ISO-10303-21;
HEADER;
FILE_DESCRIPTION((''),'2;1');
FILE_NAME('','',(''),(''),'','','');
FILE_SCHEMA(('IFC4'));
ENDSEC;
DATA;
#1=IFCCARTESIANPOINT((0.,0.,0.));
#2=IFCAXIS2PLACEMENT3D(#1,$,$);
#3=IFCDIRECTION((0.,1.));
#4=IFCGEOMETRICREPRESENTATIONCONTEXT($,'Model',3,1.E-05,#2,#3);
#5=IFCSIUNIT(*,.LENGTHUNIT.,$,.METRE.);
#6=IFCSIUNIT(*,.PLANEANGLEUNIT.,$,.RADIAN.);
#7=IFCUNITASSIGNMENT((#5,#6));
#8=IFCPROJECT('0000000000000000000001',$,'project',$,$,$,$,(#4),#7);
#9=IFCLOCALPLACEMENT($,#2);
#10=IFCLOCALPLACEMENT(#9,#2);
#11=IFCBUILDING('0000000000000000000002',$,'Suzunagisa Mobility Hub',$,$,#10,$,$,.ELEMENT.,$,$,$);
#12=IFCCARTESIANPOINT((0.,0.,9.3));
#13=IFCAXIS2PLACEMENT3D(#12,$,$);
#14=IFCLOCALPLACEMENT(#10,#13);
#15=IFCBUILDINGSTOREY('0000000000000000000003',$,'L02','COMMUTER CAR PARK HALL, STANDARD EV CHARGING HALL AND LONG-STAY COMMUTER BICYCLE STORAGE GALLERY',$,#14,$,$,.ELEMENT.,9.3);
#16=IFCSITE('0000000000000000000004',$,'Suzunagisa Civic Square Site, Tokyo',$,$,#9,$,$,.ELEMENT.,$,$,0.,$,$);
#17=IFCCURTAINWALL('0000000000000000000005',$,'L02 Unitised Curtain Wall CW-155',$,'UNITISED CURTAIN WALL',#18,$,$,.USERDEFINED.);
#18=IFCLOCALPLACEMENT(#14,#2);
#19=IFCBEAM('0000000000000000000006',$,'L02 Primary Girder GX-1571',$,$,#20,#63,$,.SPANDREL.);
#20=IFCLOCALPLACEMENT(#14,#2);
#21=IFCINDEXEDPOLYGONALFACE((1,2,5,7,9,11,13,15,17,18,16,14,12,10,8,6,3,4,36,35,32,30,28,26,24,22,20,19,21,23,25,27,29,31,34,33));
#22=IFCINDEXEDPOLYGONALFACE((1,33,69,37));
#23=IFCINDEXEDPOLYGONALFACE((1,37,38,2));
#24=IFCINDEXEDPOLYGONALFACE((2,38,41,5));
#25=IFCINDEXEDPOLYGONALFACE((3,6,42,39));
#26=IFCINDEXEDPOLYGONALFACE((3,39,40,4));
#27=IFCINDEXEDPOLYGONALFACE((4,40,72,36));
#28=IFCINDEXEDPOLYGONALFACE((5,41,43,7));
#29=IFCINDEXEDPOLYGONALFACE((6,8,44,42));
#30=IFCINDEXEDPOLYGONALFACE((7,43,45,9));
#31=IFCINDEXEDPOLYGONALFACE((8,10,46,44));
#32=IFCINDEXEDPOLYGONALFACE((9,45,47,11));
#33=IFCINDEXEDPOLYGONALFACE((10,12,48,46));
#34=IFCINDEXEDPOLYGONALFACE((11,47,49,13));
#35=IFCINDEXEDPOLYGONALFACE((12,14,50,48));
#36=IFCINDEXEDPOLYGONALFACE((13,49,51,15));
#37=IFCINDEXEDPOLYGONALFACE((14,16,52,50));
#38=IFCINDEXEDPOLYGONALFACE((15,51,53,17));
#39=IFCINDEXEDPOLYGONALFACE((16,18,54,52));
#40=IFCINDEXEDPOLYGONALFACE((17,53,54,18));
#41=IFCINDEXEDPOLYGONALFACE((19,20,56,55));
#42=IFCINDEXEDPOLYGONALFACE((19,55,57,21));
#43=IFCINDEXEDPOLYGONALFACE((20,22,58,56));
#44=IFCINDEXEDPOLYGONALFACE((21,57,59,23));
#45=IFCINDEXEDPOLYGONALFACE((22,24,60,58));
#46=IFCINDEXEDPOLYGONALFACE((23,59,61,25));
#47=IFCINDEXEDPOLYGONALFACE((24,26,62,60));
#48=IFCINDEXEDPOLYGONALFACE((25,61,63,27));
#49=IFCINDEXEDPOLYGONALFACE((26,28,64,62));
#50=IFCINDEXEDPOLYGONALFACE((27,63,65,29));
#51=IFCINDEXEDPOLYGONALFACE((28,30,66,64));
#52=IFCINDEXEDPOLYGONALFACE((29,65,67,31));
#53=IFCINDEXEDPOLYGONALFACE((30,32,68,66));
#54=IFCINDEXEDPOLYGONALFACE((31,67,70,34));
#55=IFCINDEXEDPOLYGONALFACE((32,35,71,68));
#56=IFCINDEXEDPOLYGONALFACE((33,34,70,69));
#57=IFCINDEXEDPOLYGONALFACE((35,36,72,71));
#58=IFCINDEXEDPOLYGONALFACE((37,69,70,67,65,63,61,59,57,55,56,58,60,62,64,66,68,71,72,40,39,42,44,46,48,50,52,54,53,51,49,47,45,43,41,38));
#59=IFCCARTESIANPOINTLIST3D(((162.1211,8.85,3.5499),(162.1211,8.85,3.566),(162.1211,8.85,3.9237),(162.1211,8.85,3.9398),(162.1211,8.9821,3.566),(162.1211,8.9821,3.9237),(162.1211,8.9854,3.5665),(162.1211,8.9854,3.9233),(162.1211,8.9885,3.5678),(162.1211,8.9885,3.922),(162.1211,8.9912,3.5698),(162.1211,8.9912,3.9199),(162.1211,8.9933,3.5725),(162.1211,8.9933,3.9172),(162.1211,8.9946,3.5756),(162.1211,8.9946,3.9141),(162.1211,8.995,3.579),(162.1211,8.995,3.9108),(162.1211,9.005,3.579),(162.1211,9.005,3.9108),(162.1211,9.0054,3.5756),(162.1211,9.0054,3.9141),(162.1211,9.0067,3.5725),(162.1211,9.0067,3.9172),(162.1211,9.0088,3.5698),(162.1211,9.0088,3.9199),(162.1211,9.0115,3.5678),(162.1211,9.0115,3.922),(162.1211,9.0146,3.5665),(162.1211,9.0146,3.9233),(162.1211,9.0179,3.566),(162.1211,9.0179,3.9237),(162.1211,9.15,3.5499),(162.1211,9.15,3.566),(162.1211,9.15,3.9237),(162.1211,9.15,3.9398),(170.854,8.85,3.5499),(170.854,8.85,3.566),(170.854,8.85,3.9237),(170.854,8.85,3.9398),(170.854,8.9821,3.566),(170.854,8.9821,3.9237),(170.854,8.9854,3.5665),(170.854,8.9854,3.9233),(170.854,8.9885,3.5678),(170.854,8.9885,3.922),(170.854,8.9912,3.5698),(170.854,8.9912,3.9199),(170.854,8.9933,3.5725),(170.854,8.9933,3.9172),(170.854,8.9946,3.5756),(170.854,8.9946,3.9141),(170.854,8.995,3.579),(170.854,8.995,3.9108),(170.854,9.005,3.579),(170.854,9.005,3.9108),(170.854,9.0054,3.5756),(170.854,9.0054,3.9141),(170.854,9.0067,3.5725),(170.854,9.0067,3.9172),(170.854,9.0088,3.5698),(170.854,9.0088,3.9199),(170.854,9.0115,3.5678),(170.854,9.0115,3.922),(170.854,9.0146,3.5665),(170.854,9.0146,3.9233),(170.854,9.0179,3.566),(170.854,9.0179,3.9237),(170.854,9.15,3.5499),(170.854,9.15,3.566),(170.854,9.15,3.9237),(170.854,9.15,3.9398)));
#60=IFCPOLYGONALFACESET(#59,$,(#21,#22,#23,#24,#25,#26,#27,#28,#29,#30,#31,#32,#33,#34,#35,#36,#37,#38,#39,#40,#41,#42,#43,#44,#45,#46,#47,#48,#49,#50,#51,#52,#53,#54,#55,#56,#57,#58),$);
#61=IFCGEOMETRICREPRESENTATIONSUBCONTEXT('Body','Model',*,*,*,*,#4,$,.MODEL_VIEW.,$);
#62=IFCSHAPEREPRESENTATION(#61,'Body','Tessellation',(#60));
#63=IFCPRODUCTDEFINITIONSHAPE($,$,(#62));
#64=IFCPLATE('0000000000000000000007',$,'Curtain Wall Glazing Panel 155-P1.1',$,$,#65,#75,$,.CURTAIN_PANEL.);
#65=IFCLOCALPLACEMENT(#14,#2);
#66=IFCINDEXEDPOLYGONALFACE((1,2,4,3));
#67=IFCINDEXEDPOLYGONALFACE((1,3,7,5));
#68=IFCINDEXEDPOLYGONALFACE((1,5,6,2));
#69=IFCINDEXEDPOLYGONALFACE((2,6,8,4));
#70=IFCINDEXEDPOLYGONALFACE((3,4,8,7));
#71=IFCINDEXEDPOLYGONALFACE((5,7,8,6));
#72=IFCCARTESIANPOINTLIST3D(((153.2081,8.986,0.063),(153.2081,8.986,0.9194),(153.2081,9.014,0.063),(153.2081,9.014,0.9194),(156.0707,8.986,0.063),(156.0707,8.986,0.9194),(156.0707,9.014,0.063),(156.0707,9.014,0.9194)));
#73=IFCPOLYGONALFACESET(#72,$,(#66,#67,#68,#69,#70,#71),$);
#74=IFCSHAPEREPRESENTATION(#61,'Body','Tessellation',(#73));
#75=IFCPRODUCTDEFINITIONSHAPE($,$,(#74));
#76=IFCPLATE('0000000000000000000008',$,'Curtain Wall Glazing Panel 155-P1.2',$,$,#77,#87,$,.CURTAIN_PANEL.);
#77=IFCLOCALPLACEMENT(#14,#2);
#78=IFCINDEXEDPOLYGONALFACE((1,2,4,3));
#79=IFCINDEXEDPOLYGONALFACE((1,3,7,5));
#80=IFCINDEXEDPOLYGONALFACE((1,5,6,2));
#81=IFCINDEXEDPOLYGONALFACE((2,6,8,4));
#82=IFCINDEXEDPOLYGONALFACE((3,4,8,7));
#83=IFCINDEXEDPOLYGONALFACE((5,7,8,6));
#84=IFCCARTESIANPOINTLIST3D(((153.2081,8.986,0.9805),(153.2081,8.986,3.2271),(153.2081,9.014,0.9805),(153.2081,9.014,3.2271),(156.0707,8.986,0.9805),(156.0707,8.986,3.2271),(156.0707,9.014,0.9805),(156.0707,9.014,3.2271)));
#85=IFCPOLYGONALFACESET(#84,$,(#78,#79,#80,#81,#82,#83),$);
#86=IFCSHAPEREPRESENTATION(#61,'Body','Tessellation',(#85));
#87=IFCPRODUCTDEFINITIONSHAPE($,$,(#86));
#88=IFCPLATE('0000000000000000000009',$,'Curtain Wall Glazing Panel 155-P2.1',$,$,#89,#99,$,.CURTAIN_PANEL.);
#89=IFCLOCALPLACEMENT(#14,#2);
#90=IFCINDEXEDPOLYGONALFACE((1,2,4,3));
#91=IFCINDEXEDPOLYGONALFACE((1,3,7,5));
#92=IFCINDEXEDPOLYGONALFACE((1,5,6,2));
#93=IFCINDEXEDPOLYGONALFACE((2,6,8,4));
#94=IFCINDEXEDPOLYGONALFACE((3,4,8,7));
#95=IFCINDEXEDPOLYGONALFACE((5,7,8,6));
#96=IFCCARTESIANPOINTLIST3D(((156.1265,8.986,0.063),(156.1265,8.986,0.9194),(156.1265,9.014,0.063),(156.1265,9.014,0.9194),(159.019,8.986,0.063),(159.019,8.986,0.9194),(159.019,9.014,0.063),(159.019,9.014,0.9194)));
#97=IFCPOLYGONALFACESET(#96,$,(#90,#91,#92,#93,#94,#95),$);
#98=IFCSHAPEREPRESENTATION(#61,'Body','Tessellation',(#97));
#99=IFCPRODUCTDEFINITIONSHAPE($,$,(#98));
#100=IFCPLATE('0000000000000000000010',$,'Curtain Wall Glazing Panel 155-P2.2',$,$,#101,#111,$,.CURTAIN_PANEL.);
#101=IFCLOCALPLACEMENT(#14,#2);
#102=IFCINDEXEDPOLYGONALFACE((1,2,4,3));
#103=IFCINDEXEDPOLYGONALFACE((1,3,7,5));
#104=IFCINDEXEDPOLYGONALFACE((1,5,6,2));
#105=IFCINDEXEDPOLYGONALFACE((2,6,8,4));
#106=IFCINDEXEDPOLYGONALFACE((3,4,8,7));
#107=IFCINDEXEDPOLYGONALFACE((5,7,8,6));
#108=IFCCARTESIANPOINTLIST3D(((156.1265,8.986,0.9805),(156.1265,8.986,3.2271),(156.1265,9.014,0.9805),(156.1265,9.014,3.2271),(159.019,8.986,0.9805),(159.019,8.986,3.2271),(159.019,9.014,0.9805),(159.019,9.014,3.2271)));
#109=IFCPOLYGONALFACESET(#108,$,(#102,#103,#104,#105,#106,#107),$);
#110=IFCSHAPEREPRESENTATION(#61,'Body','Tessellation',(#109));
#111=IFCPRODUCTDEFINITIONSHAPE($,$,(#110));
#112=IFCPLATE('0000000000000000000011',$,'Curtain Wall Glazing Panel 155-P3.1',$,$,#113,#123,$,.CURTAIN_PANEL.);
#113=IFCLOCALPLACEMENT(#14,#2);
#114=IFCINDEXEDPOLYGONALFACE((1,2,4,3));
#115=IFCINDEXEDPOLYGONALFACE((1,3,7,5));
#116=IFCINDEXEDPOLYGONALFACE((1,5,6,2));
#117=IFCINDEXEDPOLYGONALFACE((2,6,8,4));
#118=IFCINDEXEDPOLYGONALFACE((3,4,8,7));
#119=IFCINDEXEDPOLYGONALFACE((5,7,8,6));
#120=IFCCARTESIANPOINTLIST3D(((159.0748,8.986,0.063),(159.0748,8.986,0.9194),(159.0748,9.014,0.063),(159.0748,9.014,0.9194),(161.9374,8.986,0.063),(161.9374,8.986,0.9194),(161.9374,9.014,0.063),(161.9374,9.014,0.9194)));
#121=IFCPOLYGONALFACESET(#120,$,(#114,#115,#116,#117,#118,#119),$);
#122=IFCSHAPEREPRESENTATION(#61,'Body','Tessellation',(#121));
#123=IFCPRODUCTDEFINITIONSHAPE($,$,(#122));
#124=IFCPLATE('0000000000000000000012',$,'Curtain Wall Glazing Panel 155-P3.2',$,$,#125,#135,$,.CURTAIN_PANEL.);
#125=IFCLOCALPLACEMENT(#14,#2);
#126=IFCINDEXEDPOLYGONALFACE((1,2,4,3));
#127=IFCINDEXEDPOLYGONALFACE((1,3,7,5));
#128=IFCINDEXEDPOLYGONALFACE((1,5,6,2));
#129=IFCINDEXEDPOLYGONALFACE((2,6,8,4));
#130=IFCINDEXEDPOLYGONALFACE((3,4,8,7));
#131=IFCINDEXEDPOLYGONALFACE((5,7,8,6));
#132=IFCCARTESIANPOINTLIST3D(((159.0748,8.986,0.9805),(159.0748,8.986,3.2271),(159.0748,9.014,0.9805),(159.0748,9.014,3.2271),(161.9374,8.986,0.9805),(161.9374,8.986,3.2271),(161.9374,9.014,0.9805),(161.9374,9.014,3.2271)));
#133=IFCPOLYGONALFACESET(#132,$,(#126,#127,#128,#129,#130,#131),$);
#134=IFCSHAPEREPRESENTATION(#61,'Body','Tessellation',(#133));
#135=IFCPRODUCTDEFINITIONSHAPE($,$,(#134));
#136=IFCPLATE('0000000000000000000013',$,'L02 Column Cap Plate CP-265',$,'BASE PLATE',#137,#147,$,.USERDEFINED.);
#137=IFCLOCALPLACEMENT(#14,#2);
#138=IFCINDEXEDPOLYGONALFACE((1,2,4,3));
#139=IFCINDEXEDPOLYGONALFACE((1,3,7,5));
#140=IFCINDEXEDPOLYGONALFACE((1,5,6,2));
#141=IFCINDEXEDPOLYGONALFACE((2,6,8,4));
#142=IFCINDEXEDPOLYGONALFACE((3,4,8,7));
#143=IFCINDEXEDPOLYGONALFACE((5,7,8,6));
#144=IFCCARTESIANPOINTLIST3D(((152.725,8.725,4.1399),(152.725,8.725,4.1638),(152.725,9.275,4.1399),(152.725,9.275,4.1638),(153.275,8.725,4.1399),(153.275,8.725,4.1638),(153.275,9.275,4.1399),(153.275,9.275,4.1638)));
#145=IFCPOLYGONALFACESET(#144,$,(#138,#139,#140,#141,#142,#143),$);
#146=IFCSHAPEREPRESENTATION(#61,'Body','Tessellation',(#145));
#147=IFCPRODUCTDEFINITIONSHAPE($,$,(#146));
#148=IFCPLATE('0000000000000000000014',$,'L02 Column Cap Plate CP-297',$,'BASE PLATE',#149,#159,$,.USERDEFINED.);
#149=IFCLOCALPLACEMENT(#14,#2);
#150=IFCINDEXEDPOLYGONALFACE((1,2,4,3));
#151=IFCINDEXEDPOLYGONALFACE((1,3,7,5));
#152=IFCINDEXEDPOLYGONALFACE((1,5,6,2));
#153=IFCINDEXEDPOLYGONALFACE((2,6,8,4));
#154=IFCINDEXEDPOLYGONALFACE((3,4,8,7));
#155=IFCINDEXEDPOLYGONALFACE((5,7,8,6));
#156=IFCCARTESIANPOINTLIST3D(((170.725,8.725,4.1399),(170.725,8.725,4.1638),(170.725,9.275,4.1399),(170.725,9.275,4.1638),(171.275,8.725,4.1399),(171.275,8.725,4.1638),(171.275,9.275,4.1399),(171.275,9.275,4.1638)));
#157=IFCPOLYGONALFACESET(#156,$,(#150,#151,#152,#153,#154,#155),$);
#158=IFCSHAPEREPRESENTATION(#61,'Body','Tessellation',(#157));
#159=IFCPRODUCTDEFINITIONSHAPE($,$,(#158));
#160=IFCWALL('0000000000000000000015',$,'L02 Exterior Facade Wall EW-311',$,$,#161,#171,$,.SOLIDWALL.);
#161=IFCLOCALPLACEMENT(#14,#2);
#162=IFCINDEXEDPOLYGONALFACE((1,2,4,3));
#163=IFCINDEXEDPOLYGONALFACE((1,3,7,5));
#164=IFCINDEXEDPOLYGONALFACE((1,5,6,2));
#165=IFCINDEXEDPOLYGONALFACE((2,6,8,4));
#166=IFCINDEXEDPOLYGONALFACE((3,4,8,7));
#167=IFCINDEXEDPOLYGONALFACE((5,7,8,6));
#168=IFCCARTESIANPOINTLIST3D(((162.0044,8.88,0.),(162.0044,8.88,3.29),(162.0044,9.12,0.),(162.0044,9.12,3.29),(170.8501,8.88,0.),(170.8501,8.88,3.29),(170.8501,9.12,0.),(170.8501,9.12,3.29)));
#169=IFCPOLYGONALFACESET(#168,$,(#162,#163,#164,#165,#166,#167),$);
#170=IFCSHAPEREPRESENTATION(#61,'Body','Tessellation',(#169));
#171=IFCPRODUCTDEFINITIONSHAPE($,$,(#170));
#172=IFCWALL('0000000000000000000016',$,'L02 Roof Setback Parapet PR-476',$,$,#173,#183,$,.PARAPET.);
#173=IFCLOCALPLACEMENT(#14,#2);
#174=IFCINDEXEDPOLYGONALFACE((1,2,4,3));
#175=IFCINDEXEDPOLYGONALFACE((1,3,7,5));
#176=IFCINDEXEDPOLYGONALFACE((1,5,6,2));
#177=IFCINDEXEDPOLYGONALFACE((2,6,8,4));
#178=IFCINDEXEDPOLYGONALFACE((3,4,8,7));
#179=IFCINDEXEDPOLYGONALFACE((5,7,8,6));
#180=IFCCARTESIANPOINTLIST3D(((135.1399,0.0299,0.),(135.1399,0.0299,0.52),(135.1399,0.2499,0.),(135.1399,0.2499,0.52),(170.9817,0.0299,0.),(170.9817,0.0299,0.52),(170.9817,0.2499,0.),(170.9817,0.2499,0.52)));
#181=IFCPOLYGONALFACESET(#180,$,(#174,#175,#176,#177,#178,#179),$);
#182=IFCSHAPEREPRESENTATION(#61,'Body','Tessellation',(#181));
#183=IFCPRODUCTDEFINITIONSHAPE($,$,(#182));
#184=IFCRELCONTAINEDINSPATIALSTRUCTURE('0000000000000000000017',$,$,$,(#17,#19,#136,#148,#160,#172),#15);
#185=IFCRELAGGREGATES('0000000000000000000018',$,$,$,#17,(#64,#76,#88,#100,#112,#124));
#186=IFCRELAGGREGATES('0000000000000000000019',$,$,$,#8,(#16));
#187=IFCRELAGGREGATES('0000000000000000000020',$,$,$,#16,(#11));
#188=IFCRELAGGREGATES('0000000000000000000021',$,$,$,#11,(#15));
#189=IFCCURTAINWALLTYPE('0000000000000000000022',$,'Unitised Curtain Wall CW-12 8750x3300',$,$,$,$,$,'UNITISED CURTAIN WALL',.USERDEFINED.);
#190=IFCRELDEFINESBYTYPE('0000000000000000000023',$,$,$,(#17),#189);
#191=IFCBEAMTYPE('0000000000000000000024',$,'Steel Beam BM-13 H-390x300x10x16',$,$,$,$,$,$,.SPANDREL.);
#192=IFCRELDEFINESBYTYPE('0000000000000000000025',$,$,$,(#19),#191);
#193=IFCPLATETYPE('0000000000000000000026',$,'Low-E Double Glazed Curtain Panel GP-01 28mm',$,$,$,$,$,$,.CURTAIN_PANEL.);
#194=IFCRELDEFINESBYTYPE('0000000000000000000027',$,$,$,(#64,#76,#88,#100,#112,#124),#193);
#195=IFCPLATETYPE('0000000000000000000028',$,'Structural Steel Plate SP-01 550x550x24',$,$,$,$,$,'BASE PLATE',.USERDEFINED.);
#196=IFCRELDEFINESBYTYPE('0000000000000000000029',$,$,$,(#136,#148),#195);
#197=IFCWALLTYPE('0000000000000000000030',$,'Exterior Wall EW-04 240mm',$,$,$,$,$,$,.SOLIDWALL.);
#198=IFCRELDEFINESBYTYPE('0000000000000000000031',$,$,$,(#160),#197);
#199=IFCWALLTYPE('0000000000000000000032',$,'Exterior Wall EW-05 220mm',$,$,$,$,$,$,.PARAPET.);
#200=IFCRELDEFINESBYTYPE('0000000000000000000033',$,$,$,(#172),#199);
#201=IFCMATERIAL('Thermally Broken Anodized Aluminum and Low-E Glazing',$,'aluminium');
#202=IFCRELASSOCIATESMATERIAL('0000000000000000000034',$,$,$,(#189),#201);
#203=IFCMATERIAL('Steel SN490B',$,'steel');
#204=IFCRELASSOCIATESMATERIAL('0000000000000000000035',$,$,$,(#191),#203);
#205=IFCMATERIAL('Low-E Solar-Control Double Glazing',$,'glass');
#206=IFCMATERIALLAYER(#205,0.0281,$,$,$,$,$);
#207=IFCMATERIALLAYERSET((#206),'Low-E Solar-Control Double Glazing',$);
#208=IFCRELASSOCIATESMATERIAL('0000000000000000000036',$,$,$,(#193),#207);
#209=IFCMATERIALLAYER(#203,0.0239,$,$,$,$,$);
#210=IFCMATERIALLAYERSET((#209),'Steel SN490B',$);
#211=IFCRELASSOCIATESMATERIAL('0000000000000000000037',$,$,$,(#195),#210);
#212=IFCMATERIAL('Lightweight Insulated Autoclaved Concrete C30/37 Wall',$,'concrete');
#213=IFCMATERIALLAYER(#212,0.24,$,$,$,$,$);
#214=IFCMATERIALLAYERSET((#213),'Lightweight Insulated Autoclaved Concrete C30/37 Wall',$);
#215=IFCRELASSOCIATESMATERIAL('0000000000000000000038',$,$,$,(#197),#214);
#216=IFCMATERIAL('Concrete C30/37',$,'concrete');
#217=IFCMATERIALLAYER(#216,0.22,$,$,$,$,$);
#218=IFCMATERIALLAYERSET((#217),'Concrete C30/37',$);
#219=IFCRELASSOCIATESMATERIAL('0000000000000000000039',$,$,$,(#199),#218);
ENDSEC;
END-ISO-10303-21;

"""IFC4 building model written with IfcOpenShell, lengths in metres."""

from ifc_helpers import new_model, si_unit, direction, frame, frame_2d, origin, origin_2d, place, context, subcontext, project, spatial, rectangle, i_section, extrude, material, layer, layer_set, material_profile, profile_set, type_object, element, aggregate, save


model = new_model("IFC4")

# Units and contexts
model_context = context("Model", 3, precision=1e-05, world=origin(), true_north=direction((0.0, 1.0)))
body_context = subcontext(model_context, "Body", "Model", "MODEL_VIEW")
ifc_project = project(units=[si_unit("LENGTHUNIT", "METRE"), si_unit("PLANEANGLEUNIT", "RADIAN")], contexts=[model_context])

# Site, building, storey
site_placement = place(None, origin())
site = spatial("IfcSite", under=ifc_project, at=site_placement, Name="Suzunagisa Civic Square Site, Tokyo", CompositionType="ELEMENT", RefElevation=0.0)
building_placement = place(site_placement, origin())
building = spatial("IfcBuilding", under=site, at=building_placement, Name="Suzunagisa Mobility Hub", CompositionType="ELEMENT")
storey_placement = place(building_placement, frame((0.0, 0.0, 9.3)))
storey = spatial("IfcBuildingStorey", under=building, at=storey_placement, Name="L02", Description="COMMUTER CAR PARK HALL, STANDARD EV CHARGING HALL AND LONG-STAY COMMUTER BICYCLE STORAGE GALLERY", CompositionType="ELEMENT", Elevation=9.3)

# Shared definitions
ifc_material_1 = material(Name="Steel SN490B", Category="steel")

# Curtain wall
ifc_material_2 = material(Name="Thermally Broken Anodized Aluminum and Low-E Glazing", Category="aluminium")
curtain_wall_type_1 = type_object("IfcCurtainWallType", Name="Unitised Curtain Wall CW-12 8750x3300", ElementType="UNITISED CURTAIN WALL", PredefinedType="USERDEFINED", material=ifc_material_2)
curtain_wall_1_placement = place(storey_placement, origin())
curtain_wall_1 = element("IfcCurtainWall", 1, at=curtain_wall_1_placement, inside=storey, type_object=curtain_wall_type_1, Name="L02 Unitised Curtain Wall CW-155", ObjectType="UNITISED CURTAIN WALL", PredefinedType="USERDEFINED")

# Beam
ifc_material_profile_1 = material_profile(ifc_material_1, i_section(OverallWidth=0.3, OverallDepth=0.3899, WebThickness=0.01, FlangeThickness=0.0161, FilletRadius=0.0129, at=origin_2d()), Name="H-390x300x10x16")
ifc_profile_set_1 = profile_set([ifc_material_profile_1], Name="Steel SN490B")
beam_type_1 = type_object("IfcBeamType", Name="Steel Beam BM-13 H-390x300x10x16", PredefinedType="SPANDREL", material=ifc_profile_set_1)
for number, where, z_axis, x_axis, name in (
    (2, (162.1211, 9.0, 3.7449), (1.0, 0.0, 0.0), (0.0, 1.0, 0.0), "L02 Primary Girder GX-1571"),
):
    element("IfcBeam", number, at=place(storey_placement, frame(where, z_axis=z_axis, x_axis=x_axis)), inside=storey, type_object=beam_type_1, Name=name, PredefinedType="SPANDREL", context=body_context, shape_type="SweptSolid", body=[
        extrude(i_section(OverallWidth=0.3, OverallDepth=0.3899, WebThickness=0.01, FlangeThickness=0.0161, FilletRadius=0.0129, at=origin_2d()), origin(), (0.0, 0.0, 1.0), 8.7329),
    ])

# Plates
ifc_material_3 = material(Name="Low-E Solar-Control Double Glazing", Category="glass")
ifc_layer_1 = layer(ifc_material_3, 0.0281)
ifc_layer_set_1 = layer_set([ifc_layer_1], Name="Low-E Solar-Control Double Glazing")
plate_type_1 = type_object("IfcPlateType", Name="Low-E Double Glazed Curtain Panel GP-01 28mm", PredefinedType="CURTAIN_PANEL", material=ifc_layer_set_1)
plate_1_placement = place(storey_placement, frame((154.6394, 9.0, 0.063), z_axis=(0.0, 0.0, 1.0), x_axis=(1.0, 0.0, 0.0)))
plate_1 = element("IfcPlate", 3, at=plate_1_placement, type_object=plate_type_1, Name="Curtain Wall Glazing Panel 155-P1.1", PredefinedType="CURTAIN_PANEL", context=body_context, shape_type="SweptSolid", body=[
    extrude(rectangle(XDim=2.8625, YDim=0.0281, at=origin_2d()), origin(), (0.0, 0.0, 1.0), 0.8564),
])
plate_2_placement = place(storey_placement, frame((154.6394, 9.0, 0.9805), z_axis=(0.0, 0.0, 1.0), x_axis=(1.0, 0.0, 0.0)))
plate_2 = element("IfcPlate", 4, at=plate_2_placement, type_object=plate_type_1, Name="Curtain Wall Glazing Panel 155-P1.2", PredefinedType="CURTAIN_PANEL", context=body_context, shape_type="SweptSolid", body=[
    extrude(rectangle(XDim=2.8625, YDim=0.0281, at=origin_2d()), origin(), (0.0, 0.0, 1.0), 2.2466),
])
plate_3_placement = place(storey_placement, frame((157.5728, 9.0, 0.063), z_axis=(0.0, 0.0, 1.0), x_axis=(1.0, 0.0, 0.0)))
plate_3 = element("IfcPlate", 5, at=plate_3_placement, type_object=plate_type_1, Name="Curtain Wall Glazing Panel 155-P2.1", PredefinedType="CURTAIN_PANEL", context=body_context, shape_type="SweptSolid", body=[
    extrude(rectangle(XDim=2.8926, YDim=0.0281, at=origin_2d()), origin(), (0.0, 0.0, 1.0), 0.8564),
])
plate_4_placement = place(storey_placement, frame((157.5728, 9.0, 0.9805), z_axis=(0.0, 0.0, 1.0), x_axis=(1.0, 0.0, 0.0)))
plate_4 = element("IfcPlate", 6, at=plate_4_placement, type_object=plate_type_1, Name="Curtain Wall Glazing Panel 155-P2.2", PredefinedType="CURTAIN_PANEL", context=body_context, shape_type="SweptSolid", body=[
    extrude(rectangle(XDim=2.8926, YDim=0.0281, at=origin_2d()), origin(), (0.0, 0.0, 1.0), 2.2466),
])
plate_5_placement = place(storey_placement, frame((160.5061, 9.0, 0.063), z_axis=(0.0, 0.0, 1.0), x_axis=(1.0, 0.0, 0.0)))
plate_5 = element("IfcPlate", 7, at=plate_5_placement, type_object=plate_type_1, Name="Curtain Wall Glazing Panel 155-P3.1", PredefinedType="CURTAIN_PANEL", context=body_context, shape_type="SweptSolid", body=[
    extrude(rectangle(XDim=2.8625, YDim=0.0281, at=origin_2d()), origin(), (0.0, 0.0, 1.0), 0.8564),
])
plate_6_placement = place(storey_placement, frame((160.5061, 9.0, 0.9805), z_axis=(0.0, 0.0, 1.0), x_axis=(1.0, 0.0, 0.0)))
plate_6 = element("IfcPlate", 8, at=plate_6_placement, type_object=plate_type_1, Name="Curtain Wall Glazing Panel 155-P3.2", PredefinedType="CURTAIN_PANEL", context=body_context, shape_type="SweptSolid", body=[
    extrude(rectangle(XDim=2.8625, YDim=0.0281, at=origin_2d()), origin(), (0.0, 0.0, 1.0), 2.2466),
])
aggregate(curtain_wall_1, [plate_1, plate_2, plate_3, plate_4, plate_5, plate_6])

# Plates
ifc_layer_2 = layer(ifc_material_1, 0.0239)
ifc_layer_set_2 = layer_set([ifc_layer_2], Name="Steel SN490B")
plate_type_2 = type_object("IfcPlateType", Name="Structural Steel Plate SP-01 550x550x24", ElementType="BASE PLATE", PredefinedType="USERDEFINED", material=ifc_layer_set_2)
for number, where, z_axis, x_axis, name in (
    (9, (153.0, 9.0, 4.1399), (0.0, 0.0, 1.0), (1.0, 0.0, 0.0), "L02 Column Cap Plate CP-265"),
    (10, (171.0, 9.0, 4.1399), (0.0, 0.0, 1.0), (1.0, 0.0, 0.0), "L02 Column Cap Plate CP-297"),
):
    element("IfcPlate", number, at=place(storey_placement, frame(where, z_axis=z_axis, x_axis=x_axis)), inside=storey, type_object=plate_type_2, Name=name, ObjectType="BASE PLATE", PredefinedType="USERDEFINED", context=body_context, shape_type="SweptSolid", body=[
        extrude(rectangle(XDim=0.55, YDim=0.55, at=origin_2d()), origin(), (0.0, 0.0, 1.0), 0.0239),
    ])

# Walls
ifc_material_4 = material(Name="Lightweight Insulated Autoclaved Concrete C30/37 Wall", Category="concrete")
ifc_layer_3 = layer(ifc_material_4, 0.24)
ifc_layer_set_3 = layer_set([ifc_layer_3], Name="Lightweight Insulated Autoclaved Concrete C30/37 Wall")
wall_type_1 = type_object("IfcWallType", Name="Exterior Wall EW-04 240mm", PredefinedType="SOLIDWALL", material=ifc_layer_set_3)
wall_1_placement = place(storey_placement, frame((162.0044, 9.0, 0.0), z_axis=(0.0, 0.0, 1.0), x_axis=(1.0, 0.0, 0.0)))
element("IfcWall", 11, at=wall_1_placement, inside=storey, type_object=wall_type_1, Name="L02 Exterior Facade Wall EW-311", PredefinedType="SOLIDWALL", context=body_context, shape_type="SweptSolid", body=[
    extrude(rectangle(XDim=8.8457, YDim=0.24, at=frame_2d((4.4229, 0.0))), origin(), (0.0, 0.0, 1.0), 3.29),
])
ifc_material_5 = material(Name="Concrete C30/37", Category="concrete")
ifc_layer_4 = layer(ifc_material_5, 0.22)
ifc_layer_set_4 = layer_set([ifc_layer_4], Name="Concrete C30/37")
wall_type_2 = type_object("IfcWallType", Name="Exterior Wall EW-05 220mm", PredefinedType="PARAPET", material=ifc_layer_set_4)
wall_2_placement = place(storey_placement, frame((170.9817, 0.1399, 0.0), z_axis=(0.0, 0.0, 1.0), x_axis=(-1.0, 0.0, 0.0)))
element("IfcWall", 12, at=wall_2_placement, inside=storey, type_object=wall_type_2, Name="L02 Roof Setback Parapet PR-476", PredefinedType="PARAPET", context=body_context, shape_type="SweptSolid", body=[
    extrude(rectangle(XDim=35.8418, YDim=0.22, at=frame_2d((17.9209, 0.0))), origin(), (0.0, 0.0, 1.0), 0.52),
])

save(model, "model.ifc")
